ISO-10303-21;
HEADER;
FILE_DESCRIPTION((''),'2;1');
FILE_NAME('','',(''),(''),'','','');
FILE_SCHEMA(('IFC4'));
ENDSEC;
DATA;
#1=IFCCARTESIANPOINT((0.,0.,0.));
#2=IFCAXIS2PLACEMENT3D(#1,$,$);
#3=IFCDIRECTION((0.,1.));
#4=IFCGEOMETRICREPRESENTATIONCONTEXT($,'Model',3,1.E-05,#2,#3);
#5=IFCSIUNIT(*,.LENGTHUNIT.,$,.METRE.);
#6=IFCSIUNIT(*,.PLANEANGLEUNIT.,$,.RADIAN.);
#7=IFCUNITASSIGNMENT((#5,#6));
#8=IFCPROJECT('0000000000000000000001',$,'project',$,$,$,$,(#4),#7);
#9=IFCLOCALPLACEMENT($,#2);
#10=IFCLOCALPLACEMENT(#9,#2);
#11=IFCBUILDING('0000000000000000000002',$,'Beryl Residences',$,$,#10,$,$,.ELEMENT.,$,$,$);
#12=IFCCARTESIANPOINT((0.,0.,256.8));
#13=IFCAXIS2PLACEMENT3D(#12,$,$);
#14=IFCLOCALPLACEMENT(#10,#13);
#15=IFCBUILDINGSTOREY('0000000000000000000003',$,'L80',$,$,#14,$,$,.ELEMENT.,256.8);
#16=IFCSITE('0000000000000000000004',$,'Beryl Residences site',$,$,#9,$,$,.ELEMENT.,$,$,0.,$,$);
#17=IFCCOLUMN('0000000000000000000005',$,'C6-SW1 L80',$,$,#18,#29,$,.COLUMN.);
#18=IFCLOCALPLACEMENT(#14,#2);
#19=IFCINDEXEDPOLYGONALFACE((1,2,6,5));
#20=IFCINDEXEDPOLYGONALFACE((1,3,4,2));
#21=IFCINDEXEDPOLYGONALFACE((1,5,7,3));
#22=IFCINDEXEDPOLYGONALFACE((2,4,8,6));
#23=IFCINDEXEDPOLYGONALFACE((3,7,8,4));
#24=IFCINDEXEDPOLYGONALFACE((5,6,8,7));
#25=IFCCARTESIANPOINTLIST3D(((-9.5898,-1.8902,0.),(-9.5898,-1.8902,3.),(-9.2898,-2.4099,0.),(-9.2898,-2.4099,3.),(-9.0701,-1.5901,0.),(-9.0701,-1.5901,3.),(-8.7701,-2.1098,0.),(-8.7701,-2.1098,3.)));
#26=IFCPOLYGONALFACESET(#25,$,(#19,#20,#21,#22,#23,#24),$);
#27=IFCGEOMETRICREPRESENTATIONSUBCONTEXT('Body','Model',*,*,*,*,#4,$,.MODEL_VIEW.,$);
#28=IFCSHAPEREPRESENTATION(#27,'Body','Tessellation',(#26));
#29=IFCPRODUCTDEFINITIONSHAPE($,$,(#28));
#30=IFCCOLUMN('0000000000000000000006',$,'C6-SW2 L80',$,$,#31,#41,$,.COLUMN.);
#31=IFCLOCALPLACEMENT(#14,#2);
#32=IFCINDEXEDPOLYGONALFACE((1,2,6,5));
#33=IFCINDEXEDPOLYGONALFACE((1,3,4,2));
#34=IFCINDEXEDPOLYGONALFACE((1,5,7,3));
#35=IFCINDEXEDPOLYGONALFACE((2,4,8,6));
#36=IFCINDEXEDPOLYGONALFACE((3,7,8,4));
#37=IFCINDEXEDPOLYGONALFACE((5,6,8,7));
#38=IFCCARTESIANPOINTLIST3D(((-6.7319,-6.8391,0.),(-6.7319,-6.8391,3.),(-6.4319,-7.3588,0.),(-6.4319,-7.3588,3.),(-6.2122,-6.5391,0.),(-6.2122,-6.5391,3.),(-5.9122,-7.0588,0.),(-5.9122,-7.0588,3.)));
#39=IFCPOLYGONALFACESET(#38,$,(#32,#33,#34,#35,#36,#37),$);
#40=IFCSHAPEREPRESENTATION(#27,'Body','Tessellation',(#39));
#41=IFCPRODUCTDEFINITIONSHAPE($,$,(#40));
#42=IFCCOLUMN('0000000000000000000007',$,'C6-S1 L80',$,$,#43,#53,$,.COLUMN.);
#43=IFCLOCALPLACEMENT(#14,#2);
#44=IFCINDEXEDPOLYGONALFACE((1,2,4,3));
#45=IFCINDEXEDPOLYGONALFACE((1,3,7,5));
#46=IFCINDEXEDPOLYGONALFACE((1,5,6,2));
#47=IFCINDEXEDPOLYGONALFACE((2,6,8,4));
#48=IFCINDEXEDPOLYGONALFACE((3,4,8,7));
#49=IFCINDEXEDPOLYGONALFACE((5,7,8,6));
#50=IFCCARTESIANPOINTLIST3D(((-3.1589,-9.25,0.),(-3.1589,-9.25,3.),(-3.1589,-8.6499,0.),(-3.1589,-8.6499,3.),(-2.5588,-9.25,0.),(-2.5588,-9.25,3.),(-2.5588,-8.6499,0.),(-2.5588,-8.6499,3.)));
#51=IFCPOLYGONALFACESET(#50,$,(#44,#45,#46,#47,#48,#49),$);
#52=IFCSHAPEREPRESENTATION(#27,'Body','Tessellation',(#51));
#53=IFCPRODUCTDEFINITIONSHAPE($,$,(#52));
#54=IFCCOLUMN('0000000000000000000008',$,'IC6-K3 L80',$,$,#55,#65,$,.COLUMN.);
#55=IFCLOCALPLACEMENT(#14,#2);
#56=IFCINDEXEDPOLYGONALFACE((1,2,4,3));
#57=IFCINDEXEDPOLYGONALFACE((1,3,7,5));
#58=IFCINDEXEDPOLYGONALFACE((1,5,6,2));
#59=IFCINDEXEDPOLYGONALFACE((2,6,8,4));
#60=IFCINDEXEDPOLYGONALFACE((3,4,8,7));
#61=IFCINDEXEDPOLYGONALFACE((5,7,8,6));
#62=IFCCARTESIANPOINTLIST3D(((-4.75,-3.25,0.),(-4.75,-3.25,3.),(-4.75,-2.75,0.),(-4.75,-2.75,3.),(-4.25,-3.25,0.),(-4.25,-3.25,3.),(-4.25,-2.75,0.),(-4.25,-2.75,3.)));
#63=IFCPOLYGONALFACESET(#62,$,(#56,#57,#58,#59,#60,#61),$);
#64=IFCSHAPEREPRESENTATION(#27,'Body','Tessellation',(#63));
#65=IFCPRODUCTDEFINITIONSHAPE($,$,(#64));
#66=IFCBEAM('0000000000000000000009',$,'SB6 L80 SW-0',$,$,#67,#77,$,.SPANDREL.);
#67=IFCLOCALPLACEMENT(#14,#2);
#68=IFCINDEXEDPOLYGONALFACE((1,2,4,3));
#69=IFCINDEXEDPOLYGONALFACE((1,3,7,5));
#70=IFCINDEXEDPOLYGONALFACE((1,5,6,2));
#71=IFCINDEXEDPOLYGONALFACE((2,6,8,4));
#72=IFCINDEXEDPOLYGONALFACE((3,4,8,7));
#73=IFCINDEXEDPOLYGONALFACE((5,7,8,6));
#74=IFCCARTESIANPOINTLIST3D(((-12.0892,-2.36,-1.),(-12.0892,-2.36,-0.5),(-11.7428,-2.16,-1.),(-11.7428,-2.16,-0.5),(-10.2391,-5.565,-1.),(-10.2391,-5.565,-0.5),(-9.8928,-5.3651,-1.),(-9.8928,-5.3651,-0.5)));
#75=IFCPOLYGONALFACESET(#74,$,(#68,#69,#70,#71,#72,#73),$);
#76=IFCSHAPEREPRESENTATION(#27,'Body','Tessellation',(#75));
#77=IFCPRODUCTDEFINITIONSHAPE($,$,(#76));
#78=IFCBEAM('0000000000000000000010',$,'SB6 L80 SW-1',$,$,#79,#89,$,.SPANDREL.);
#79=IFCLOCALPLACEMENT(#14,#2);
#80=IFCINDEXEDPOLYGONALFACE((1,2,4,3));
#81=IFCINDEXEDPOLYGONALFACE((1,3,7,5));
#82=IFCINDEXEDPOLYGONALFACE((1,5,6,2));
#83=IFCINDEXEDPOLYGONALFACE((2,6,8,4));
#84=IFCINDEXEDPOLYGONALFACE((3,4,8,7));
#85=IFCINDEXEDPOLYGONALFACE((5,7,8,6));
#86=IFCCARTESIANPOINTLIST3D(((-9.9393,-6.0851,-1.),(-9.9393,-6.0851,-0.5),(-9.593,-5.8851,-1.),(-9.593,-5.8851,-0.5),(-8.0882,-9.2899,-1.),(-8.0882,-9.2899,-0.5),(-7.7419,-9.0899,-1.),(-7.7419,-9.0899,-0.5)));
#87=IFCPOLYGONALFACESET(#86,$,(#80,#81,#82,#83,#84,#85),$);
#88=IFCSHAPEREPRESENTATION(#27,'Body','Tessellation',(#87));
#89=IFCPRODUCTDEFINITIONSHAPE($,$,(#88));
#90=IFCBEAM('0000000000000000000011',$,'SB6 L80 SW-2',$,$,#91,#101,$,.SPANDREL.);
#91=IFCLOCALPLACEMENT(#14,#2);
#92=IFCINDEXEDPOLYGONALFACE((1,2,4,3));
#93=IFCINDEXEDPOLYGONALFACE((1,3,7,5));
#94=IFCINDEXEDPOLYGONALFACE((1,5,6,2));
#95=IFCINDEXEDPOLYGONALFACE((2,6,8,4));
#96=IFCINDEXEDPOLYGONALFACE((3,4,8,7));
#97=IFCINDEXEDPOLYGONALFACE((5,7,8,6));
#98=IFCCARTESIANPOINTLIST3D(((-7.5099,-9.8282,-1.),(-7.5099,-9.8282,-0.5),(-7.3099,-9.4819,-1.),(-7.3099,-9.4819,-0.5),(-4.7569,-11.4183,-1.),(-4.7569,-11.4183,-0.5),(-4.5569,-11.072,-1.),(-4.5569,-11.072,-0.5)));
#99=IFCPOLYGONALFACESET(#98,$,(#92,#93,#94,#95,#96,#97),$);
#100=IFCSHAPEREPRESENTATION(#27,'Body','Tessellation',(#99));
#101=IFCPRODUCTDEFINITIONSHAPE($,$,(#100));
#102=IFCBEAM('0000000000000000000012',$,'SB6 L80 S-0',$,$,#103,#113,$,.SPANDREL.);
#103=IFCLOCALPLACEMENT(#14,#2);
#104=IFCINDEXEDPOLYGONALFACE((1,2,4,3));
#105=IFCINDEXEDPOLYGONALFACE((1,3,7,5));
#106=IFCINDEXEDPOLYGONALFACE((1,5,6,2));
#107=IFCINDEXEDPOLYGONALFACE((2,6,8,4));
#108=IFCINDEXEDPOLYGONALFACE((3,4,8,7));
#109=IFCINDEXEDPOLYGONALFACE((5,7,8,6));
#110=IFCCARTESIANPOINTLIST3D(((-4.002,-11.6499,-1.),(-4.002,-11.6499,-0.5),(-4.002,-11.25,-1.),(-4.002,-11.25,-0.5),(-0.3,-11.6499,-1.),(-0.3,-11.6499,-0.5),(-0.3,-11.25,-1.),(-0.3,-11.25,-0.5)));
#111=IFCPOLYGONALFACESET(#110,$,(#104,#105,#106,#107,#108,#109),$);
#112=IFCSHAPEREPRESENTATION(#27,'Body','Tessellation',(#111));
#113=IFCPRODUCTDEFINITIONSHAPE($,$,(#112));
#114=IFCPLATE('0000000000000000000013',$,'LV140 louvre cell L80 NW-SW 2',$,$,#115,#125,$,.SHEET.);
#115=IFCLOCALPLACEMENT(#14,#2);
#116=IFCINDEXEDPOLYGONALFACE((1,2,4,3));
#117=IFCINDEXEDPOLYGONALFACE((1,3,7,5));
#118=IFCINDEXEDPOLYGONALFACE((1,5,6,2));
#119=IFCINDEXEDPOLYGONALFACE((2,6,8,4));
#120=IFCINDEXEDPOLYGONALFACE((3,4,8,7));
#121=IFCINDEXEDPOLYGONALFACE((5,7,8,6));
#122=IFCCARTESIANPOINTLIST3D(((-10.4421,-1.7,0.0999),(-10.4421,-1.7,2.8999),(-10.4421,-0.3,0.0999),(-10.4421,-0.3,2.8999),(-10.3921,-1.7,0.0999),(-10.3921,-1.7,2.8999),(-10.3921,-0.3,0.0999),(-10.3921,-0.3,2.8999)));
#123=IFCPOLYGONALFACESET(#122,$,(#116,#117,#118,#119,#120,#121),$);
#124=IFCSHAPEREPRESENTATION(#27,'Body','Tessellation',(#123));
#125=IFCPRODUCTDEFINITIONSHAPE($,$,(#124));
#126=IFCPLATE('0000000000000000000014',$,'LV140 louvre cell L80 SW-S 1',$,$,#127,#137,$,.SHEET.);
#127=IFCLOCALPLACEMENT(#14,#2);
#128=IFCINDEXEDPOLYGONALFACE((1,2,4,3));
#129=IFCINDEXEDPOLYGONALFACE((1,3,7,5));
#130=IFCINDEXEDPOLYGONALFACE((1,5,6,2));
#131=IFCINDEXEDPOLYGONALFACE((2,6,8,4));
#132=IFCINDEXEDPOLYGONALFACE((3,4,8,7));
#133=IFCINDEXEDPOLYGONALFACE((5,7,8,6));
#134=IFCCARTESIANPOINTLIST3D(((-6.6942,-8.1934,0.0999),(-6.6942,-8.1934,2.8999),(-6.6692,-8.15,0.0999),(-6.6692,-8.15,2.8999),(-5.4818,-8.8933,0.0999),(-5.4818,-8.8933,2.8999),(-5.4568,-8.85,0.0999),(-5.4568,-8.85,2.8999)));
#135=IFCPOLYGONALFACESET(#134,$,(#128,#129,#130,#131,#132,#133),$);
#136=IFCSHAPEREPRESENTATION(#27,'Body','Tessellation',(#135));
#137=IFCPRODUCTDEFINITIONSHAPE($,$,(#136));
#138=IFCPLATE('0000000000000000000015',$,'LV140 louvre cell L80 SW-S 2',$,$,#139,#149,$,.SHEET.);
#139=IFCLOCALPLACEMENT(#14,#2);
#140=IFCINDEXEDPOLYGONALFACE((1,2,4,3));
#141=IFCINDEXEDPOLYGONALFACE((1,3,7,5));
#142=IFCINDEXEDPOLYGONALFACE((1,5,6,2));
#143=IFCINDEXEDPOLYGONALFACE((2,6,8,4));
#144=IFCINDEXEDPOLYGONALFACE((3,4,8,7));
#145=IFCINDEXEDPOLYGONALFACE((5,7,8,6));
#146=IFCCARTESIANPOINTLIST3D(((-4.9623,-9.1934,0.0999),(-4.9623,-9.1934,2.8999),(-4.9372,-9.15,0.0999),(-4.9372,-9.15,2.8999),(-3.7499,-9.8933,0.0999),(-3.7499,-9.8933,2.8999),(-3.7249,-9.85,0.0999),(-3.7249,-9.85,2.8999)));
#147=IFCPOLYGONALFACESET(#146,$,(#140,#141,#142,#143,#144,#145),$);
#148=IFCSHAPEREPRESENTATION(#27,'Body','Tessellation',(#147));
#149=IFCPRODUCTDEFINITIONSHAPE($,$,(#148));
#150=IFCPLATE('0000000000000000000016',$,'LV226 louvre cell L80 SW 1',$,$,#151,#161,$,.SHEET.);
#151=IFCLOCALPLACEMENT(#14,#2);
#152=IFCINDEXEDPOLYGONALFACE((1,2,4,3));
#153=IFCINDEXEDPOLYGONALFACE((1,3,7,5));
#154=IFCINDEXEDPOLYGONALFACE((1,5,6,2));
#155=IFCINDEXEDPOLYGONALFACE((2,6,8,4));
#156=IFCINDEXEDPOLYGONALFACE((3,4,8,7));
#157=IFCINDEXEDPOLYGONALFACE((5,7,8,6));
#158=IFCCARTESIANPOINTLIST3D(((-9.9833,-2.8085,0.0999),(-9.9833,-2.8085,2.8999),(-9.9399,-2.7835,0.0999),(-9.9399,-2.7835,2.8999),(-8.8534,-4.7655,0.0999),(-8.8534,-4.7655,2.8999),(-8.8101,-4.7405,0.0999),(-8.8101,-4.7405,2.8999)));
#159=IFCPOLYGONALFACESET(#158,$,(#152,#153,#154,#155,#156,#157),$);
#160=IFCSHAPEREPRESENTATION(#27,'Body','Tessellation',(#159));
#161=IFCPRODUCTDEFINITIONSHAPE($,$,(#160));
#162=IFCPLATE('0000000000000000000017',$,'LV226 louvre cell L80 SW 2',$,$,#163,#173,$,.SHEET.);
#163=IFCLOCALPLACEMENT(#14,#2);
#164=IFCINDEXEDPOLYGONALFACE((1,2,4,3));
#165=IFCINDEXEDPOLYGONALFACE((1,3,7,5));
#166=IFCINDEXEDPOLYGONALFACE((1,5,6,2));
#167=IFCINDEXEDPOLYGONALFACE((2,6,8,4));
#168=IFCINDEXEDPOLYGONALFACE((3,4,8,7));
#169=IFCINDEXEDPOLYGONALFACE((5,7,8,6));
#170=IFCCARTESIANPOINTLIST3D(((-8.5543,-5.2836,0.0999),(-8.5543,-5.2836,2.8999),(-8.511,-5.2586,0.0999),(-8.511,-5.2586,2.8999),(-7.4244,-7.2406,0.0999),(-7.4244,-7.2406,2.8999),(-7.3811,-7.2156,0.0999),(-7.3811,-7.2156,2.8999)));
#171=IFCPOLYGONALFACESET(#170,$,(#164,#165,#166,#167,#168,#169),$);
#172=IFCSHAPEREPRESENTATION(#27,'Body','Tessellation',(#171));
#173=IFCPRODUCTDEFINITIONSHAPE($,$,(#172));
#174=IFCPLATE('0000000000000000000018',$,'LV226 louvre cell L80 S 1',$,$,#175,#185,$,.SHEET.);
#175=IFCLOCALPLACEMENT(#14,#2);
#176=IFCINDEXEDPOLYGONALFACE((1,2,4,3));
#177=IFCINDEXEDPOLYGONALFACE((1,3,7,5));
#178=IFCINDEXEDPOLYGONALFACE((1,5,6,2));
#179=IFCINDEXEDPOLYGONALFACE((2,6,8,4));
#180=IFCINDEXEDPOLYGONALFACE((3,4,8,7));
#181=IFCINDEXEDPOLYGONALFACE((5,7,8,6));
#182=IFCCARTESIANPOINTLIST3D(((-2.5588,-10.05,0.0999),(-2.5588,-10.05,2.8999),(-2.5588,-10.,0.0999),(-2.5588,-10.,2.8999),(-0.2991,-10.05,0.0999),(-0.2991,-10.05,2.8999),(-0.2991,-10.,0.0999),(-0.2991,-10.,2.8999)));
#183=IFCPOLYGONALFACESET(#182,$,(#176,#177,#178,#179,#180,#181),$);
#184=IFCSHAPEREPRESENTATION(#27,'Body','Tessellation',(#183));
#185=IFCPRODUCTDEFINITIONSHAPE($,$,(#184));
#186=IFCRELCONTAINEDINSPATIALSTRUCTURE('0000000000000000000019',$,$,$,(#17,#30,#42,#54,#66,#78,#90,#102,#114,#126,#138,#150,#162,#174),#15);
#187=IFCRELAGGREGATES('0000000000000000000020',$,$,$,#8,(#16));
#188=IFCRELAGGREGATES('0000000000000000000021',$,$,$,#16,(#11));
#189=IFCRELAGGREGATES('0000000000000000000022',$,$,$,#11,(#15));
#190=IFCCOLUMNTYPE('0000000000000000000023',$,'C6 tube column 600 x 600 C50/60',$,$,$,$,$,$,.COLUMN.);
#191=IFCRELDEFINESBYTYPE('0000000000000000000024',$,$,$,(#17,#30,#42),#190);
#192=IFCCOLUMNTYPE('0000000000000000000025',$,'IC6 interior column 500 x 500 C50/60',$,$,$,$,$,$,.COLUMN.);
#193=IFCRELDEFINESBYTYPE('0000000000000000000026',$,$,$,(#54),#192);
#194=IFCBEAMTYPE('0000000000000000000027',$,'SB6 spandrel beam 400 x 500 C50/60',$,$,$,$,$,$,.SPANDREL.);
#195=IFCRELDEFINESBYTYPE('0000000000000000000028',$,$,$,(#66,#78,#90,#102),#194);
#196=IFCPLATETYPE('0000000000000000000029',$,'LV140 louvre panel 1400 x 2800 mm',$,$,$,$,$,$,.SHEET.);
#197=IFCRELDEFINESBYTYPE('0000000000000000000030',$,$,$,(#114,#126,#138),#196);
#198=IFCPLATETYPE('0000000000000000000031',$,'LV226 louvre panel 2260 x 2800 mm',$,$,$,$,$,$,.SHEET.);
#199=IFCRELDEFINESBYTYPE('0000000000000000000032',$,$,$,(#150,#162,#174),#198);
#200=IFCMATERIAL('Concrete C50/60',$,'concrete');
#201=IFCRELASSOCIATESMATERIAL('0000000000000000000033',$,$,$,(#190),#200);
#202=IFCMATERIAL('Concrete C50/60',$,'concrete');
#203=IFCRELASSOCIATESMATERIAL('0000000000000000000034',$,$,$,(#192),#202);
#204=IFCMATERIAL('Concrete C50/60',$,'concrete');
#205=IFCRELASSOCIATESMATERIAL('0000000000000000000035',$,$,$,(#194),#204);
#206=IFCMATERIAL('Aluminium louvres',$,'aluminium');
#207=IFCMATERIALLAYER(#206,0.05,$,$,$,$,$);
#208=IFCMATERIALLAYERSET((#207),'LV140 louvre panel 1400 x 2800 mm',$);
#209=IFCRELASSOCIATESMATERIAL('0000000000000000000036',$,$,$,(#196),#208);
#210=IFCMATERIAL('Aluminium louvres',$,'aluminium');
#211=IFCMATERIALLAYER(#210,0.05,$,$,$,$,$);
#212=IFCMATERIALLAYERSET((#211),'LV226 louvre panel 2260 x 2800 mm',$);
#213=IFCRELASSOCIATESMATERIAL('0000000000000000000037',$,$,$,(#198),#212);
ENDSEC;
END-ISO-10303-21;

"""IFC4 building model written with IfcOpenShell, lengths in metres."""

from ifc_helpers import new_model, si_unit, direction, frame, origin, origin_2d, place, context, subcontext, project, spatial, polyline, rectangle, outline, extrude, source, transform, mapped, material, layer, layer_set, material_profile, profile_set, type_object, type_shapes, element, save


model = new_model("IFC4")

# Units and contexts
model_context = context("Model", 3, precision=1e-05, world=origin(), true_north=direction((0.0, 1.0)))
body_context = subcontext(model_context, "Body", "Model", "MODEL_VIEW")
ifc_project = project(units=[si_unit("LENGTHUNIT", "METRE"), si_unit("PLANEANGLEUNIT", "RADIAN")], contexts=[model_context])

# Site, building, storey
site_placement = place(None, origin())
site = spatial("IfcSite", under=ifc_project, at=site_placement, Name="Beryl Residences site", CompositionType="ELEMENT", RefElevation=0.0)
building_placement = place(site_placement, origin())
building = spatial("IfcBuilding", under=site, at=building_placement, Name="Beryl Residences", CompositionType="ELEMENT")
storey_placement = place(building_placement, frame((0.0, 0.0, 256.8)))
storey = spatial("IfcBuildingStorey", under=building, at=storey_placement, Name="L80", CompositionType="ELEMENT", Elevation=256.8)

# Columns
ifc_material_1 = material(Name="Concrete C50/60", Category="concrete")
ifc_material_profile_1 = material_profile(ifc_material_1, rectangle(XDim=0.6001, YDim=0.6001, at=origin_2d()))
ifc_profile_set_1 = profile_set([ifc_material_profile_1], Name="Concrete C50/60")
column_type_1 = type_object("IfcColumnType", Name="C6 tube column 600 x 600 C50/60", PredefinedType="COLUMN", material=ifc_profile_set_1)
for number, where, z_axis, x_axis, name in (
    (1, (-9.1799, -2.0, 0.0), (0.0, 0.0, 1.0), (0.49997, -0.866043, 0.0), "C6-SW1 L80"),
    (2, (-6.322, -6.949, 0.0), (0.0, 0.0, 1.0), (0.49997, -0.866043, 0.0), "C6-SW2 L80"),
    (3, (-2.8589, -8.95, 0.0), (0.0, 0.0, 1.0), (1.0, 0.0, 0.0), "C6-S1 L80"),
):
    element("IfcColumn", number, at=place(storey_placement, frame(where, z_axis=z_axis, x_axis=x_axis)), inside=storey, type_object=column_type_1, Name=name, PredefinedType="COLUMN", context=body_context, shape_type="SweptSolid", body=[
        extrude(rectangle(XDim=0.6001, YDim=0.6001, at=origin_2d()), origin(), (0.0, 0.0, 1.0), 3.0),
    ])
ifc_material_2 = material(Name="Concrete C50/60", Category="concrete")
ifc_material_profile_2 = material_profile(ifc_material_2, rectangle(XDim=0.5, YDim=0.5, at=origin_2d()))
ifc_profile_set_2 = profile_set([ifc_material_profile_2], Name="Concrete C50/60")
column_type_2 = type_object("IfcColumnType", Name="IC6 interior column 500 x 500 C50/60", PredefinedType="COLUMN", material=ifc_profile_set_2)
column_placement = place(storey_placement, frame((-4.5, -3.0, 0.0), z_axis=(0.0, 0.0, 1.0), x_axis=(1.0, 0.0, 0.0)))
element("IfcColumn", 4, at=column_placement, inside=storey, type_object=column_type_2, Name="IC6-K3 L80", PredefinedType="COLUMN", context=body_context, shape_type="SweptSolid", body=[
    extrude(rectangle(XDim=0.5, YDim=0.5, at=origin_2d()), origin(), (0.0, 0.0, 1.0), 3.0),
])

# Beams
ifc_material_3 = material(Name="Concrete C50/60", Category="concrete")
ifc_material_profile_3 = material_profile(ifc_material_3, rectangle(XDim=0.3999, YDim=0.5, at=origin_2d()))
ifc_profile_set_3 = profile_set([ifc_material_profile_3], Name="Concrete C50/60")
beam_type = type_object("IfcBeamType", Name="SB6 spandrel beam 400 x 500 C50/60", PredefinedType="SPANDREL", material=ifc_profile_set_3)
beam_1_placement = place(storey_placement, frame((-11.916, -2.26, -0.75), z_axis=(0.499928, -0.866067, 0.0), x_axis=(0.866067, 0.499928, 0.0)))
element("IfcBeam", 5, at=beam_1_placement, inside=storey, type_object=beam_type, Name="SB6 L80 SW-0", PredefinedType="SPANDREL", context=body_context, shape_type="SweptSolid", body=[
    extrude(rectangle(XDim=0.3999, YDim=0.5, at=origin_2d()), origin(), (0.0, 0.0, 1.0), 3.7007),
])
beam_2_placement = place(storey_placement, frame((-9.7661, -5.9851, -0.75), z_axis=(0.500155, -0.865936, 0.0), x_axis=(0.865936, 0.500155, 0.0)))
element("IfcBeam", 6, at=beam_2_placement, inside=storey, type_object=beam_type, Name="SB6 L80 SW-1", PredefinedType="SPANDREL", context=body_context, shape_type="SweptSolid", body=[
    extrude(rectangle(XDim=0.3999, YDim=0.5, at=origin_2d()), origin(), (0.0, 0.0, 1.0), 3.7009),
])
beam_3_placement = place(storey_placement, frame((-7.4099, -9.655, -0.75), z_axis=(0.865932, -0.500161, 0.0), x_axis=(0.500161, 0.865932, 0.0)))
element("IfcBeam", 7, at=beam_3_placement, inside=storey, type_object=beam_type, Name="SB6 L80 SW-2", PredefinedType="SPANDREL", context=body_context, shape_type="SweptSolid", body=[
    extrude(rectangle(XDim=0.3999, YDim=0.5, at=origin_2d()), origin(), (0.0, 0.0, 1.0), 3.1792),
])
beam_4_placement = place(storey_placement, frame((-4.002, -11.45, -0.75), z_axis=(1.0, 0.0, 0.0), x_axis=(0.0, 1.0, 0.0)))
element("IfcBeam", 8, at=beam_4_placement, inside=storey, type_object=beam_type, Name="SB6 L80 S-0", PredefinedType="SPANDREL", context=body_context, shape_type="SweptSolid", body=[
    extrude(rectangle(XDim=0.3999, YDim=0.5, at=origin_2d()), origin(), (0.0, 0.0, 1.0), 3.7019),
])

# Plates
ifc_material_4 = material(Name="Aluminium louvres", Category="aluminium")
ifc_layer_1 = layer(ifc_material_4, 0.05)
ifc_layer_set_1 = layer_set([ifc_layer_1], Name="LV140 louvre panel 1400 x 2800 mm")
plate_type_1 = type_object("IfcPlateType", Name="LV140 louvre panel 1400 x 2800 mm", PredefinedType="SHEET", material=ifc_layer_set_1)
shared_shape_1 = source(origin(), body_context, "Body", "SweptSolid", [
    extrude(outline(polyline([(-0.7, 0.0), (0.7, 0.0), (0.7, 0.05), (-0.7, 0.05), (-0.7, 0.0)])), origin(), (0.0, 0.0, 1.0), 2.8),
])
type_shapes(plate_type_1, [shared_shape_1])
for number, where, z_axis, x_axis, name in (
    (9, (-10.3921, -1.0, 0.0999), (0.0, 0.0, 1.0), (0.0, 1.0, 0.0), "LV140 louvre cell L80 NW-SW 2"),
    (10, (-6.063, -8.5, 0.0999), (0.0, 0.0, 1.0), (-0.866025, 0.5, 0.0), "LV140 louvre cell L80 SW-S 1"),
    (11, (-4.3311, -9.5, 0.0999), (0.0, 0.0, 1.0), (-0.866025, 0.5, 0.0), "LV140 louvre cell L80 SW-S 2"),
):
    element("IfcPlate", number, at=place(storey_placement, frame(where, z_axis=z_axis, x_axis=x_axis)), inside=storey, type_object=plate_type_1, Name=name, PredefinedType="SHEET", context=body_context, shape_type="MappedRepresentation", body=[
        mapped(shared_shape_1, transform((0.0, 0.0, 0.0))),
    ])
ifc_material_5 = material(Name="Aluminium louvres", Category="aluminium")
ifc_layer_2 = layer(ifc_material_5, 0.05)
ifc_layer_set_2 = layer_set([ifc_layer_2], Name="LV226 louvre panel 2260 x 2800 mm")
plate_type_2 = type_object("IfcPlateType", Name="LV226 louvre panel 2260 x 2800 mm", PredefinedType="SHEET", material=ifc_layer_set_2)
shared_shape_2 = source(origin(), body_context, "Body", "SweptSolid", [
    extrude(outline(polyline([(-1.1299, 0.0), (1.1299, 0.0), (1.1299, 0.05), (-1.1299, 0.05), (-1.1299, 0.0)])), origin(), (0.0, 0.0, 1.0), 2.8),
])
type_shapes(plate_type_2, [shared_shape_2])
for number, where, z_axis, x_axis, name in (
    (12, (-9.375, -3.762, 0.0999), (0.0, 0.0, 1.0), (-0.5, 0.866025, 0.0), "LV226 louvre cell L80 SW 1"),
    (13, (-7.946, -6.2371, 0.0999), (0.0, 0.0, 1.0), (-0.5, 0.866025, 0.0), "LV226 louvre cell L80 SW 2"),
    (14, (-1.429, -10.0, 0.0999), (0.0, 0.0, 1.0), (-1.0, 0.0, 0.0), "LV226 louvre cell L80 S 1"),
):
    element("IfcPlate", number, at=place(storey_placement, frame(where, z_axis=z_axis, x_axis=x_axis)), inside=storey, type_object=plate_type_2, Name=name, PredefinedType="SHEET", context=body_context, shape_type="MappedRepresentation", body=[
        mapped(shared_shape_2, transform((0.0, 0.0, 0.0))),
    ])

save(model, "model.ifc")
